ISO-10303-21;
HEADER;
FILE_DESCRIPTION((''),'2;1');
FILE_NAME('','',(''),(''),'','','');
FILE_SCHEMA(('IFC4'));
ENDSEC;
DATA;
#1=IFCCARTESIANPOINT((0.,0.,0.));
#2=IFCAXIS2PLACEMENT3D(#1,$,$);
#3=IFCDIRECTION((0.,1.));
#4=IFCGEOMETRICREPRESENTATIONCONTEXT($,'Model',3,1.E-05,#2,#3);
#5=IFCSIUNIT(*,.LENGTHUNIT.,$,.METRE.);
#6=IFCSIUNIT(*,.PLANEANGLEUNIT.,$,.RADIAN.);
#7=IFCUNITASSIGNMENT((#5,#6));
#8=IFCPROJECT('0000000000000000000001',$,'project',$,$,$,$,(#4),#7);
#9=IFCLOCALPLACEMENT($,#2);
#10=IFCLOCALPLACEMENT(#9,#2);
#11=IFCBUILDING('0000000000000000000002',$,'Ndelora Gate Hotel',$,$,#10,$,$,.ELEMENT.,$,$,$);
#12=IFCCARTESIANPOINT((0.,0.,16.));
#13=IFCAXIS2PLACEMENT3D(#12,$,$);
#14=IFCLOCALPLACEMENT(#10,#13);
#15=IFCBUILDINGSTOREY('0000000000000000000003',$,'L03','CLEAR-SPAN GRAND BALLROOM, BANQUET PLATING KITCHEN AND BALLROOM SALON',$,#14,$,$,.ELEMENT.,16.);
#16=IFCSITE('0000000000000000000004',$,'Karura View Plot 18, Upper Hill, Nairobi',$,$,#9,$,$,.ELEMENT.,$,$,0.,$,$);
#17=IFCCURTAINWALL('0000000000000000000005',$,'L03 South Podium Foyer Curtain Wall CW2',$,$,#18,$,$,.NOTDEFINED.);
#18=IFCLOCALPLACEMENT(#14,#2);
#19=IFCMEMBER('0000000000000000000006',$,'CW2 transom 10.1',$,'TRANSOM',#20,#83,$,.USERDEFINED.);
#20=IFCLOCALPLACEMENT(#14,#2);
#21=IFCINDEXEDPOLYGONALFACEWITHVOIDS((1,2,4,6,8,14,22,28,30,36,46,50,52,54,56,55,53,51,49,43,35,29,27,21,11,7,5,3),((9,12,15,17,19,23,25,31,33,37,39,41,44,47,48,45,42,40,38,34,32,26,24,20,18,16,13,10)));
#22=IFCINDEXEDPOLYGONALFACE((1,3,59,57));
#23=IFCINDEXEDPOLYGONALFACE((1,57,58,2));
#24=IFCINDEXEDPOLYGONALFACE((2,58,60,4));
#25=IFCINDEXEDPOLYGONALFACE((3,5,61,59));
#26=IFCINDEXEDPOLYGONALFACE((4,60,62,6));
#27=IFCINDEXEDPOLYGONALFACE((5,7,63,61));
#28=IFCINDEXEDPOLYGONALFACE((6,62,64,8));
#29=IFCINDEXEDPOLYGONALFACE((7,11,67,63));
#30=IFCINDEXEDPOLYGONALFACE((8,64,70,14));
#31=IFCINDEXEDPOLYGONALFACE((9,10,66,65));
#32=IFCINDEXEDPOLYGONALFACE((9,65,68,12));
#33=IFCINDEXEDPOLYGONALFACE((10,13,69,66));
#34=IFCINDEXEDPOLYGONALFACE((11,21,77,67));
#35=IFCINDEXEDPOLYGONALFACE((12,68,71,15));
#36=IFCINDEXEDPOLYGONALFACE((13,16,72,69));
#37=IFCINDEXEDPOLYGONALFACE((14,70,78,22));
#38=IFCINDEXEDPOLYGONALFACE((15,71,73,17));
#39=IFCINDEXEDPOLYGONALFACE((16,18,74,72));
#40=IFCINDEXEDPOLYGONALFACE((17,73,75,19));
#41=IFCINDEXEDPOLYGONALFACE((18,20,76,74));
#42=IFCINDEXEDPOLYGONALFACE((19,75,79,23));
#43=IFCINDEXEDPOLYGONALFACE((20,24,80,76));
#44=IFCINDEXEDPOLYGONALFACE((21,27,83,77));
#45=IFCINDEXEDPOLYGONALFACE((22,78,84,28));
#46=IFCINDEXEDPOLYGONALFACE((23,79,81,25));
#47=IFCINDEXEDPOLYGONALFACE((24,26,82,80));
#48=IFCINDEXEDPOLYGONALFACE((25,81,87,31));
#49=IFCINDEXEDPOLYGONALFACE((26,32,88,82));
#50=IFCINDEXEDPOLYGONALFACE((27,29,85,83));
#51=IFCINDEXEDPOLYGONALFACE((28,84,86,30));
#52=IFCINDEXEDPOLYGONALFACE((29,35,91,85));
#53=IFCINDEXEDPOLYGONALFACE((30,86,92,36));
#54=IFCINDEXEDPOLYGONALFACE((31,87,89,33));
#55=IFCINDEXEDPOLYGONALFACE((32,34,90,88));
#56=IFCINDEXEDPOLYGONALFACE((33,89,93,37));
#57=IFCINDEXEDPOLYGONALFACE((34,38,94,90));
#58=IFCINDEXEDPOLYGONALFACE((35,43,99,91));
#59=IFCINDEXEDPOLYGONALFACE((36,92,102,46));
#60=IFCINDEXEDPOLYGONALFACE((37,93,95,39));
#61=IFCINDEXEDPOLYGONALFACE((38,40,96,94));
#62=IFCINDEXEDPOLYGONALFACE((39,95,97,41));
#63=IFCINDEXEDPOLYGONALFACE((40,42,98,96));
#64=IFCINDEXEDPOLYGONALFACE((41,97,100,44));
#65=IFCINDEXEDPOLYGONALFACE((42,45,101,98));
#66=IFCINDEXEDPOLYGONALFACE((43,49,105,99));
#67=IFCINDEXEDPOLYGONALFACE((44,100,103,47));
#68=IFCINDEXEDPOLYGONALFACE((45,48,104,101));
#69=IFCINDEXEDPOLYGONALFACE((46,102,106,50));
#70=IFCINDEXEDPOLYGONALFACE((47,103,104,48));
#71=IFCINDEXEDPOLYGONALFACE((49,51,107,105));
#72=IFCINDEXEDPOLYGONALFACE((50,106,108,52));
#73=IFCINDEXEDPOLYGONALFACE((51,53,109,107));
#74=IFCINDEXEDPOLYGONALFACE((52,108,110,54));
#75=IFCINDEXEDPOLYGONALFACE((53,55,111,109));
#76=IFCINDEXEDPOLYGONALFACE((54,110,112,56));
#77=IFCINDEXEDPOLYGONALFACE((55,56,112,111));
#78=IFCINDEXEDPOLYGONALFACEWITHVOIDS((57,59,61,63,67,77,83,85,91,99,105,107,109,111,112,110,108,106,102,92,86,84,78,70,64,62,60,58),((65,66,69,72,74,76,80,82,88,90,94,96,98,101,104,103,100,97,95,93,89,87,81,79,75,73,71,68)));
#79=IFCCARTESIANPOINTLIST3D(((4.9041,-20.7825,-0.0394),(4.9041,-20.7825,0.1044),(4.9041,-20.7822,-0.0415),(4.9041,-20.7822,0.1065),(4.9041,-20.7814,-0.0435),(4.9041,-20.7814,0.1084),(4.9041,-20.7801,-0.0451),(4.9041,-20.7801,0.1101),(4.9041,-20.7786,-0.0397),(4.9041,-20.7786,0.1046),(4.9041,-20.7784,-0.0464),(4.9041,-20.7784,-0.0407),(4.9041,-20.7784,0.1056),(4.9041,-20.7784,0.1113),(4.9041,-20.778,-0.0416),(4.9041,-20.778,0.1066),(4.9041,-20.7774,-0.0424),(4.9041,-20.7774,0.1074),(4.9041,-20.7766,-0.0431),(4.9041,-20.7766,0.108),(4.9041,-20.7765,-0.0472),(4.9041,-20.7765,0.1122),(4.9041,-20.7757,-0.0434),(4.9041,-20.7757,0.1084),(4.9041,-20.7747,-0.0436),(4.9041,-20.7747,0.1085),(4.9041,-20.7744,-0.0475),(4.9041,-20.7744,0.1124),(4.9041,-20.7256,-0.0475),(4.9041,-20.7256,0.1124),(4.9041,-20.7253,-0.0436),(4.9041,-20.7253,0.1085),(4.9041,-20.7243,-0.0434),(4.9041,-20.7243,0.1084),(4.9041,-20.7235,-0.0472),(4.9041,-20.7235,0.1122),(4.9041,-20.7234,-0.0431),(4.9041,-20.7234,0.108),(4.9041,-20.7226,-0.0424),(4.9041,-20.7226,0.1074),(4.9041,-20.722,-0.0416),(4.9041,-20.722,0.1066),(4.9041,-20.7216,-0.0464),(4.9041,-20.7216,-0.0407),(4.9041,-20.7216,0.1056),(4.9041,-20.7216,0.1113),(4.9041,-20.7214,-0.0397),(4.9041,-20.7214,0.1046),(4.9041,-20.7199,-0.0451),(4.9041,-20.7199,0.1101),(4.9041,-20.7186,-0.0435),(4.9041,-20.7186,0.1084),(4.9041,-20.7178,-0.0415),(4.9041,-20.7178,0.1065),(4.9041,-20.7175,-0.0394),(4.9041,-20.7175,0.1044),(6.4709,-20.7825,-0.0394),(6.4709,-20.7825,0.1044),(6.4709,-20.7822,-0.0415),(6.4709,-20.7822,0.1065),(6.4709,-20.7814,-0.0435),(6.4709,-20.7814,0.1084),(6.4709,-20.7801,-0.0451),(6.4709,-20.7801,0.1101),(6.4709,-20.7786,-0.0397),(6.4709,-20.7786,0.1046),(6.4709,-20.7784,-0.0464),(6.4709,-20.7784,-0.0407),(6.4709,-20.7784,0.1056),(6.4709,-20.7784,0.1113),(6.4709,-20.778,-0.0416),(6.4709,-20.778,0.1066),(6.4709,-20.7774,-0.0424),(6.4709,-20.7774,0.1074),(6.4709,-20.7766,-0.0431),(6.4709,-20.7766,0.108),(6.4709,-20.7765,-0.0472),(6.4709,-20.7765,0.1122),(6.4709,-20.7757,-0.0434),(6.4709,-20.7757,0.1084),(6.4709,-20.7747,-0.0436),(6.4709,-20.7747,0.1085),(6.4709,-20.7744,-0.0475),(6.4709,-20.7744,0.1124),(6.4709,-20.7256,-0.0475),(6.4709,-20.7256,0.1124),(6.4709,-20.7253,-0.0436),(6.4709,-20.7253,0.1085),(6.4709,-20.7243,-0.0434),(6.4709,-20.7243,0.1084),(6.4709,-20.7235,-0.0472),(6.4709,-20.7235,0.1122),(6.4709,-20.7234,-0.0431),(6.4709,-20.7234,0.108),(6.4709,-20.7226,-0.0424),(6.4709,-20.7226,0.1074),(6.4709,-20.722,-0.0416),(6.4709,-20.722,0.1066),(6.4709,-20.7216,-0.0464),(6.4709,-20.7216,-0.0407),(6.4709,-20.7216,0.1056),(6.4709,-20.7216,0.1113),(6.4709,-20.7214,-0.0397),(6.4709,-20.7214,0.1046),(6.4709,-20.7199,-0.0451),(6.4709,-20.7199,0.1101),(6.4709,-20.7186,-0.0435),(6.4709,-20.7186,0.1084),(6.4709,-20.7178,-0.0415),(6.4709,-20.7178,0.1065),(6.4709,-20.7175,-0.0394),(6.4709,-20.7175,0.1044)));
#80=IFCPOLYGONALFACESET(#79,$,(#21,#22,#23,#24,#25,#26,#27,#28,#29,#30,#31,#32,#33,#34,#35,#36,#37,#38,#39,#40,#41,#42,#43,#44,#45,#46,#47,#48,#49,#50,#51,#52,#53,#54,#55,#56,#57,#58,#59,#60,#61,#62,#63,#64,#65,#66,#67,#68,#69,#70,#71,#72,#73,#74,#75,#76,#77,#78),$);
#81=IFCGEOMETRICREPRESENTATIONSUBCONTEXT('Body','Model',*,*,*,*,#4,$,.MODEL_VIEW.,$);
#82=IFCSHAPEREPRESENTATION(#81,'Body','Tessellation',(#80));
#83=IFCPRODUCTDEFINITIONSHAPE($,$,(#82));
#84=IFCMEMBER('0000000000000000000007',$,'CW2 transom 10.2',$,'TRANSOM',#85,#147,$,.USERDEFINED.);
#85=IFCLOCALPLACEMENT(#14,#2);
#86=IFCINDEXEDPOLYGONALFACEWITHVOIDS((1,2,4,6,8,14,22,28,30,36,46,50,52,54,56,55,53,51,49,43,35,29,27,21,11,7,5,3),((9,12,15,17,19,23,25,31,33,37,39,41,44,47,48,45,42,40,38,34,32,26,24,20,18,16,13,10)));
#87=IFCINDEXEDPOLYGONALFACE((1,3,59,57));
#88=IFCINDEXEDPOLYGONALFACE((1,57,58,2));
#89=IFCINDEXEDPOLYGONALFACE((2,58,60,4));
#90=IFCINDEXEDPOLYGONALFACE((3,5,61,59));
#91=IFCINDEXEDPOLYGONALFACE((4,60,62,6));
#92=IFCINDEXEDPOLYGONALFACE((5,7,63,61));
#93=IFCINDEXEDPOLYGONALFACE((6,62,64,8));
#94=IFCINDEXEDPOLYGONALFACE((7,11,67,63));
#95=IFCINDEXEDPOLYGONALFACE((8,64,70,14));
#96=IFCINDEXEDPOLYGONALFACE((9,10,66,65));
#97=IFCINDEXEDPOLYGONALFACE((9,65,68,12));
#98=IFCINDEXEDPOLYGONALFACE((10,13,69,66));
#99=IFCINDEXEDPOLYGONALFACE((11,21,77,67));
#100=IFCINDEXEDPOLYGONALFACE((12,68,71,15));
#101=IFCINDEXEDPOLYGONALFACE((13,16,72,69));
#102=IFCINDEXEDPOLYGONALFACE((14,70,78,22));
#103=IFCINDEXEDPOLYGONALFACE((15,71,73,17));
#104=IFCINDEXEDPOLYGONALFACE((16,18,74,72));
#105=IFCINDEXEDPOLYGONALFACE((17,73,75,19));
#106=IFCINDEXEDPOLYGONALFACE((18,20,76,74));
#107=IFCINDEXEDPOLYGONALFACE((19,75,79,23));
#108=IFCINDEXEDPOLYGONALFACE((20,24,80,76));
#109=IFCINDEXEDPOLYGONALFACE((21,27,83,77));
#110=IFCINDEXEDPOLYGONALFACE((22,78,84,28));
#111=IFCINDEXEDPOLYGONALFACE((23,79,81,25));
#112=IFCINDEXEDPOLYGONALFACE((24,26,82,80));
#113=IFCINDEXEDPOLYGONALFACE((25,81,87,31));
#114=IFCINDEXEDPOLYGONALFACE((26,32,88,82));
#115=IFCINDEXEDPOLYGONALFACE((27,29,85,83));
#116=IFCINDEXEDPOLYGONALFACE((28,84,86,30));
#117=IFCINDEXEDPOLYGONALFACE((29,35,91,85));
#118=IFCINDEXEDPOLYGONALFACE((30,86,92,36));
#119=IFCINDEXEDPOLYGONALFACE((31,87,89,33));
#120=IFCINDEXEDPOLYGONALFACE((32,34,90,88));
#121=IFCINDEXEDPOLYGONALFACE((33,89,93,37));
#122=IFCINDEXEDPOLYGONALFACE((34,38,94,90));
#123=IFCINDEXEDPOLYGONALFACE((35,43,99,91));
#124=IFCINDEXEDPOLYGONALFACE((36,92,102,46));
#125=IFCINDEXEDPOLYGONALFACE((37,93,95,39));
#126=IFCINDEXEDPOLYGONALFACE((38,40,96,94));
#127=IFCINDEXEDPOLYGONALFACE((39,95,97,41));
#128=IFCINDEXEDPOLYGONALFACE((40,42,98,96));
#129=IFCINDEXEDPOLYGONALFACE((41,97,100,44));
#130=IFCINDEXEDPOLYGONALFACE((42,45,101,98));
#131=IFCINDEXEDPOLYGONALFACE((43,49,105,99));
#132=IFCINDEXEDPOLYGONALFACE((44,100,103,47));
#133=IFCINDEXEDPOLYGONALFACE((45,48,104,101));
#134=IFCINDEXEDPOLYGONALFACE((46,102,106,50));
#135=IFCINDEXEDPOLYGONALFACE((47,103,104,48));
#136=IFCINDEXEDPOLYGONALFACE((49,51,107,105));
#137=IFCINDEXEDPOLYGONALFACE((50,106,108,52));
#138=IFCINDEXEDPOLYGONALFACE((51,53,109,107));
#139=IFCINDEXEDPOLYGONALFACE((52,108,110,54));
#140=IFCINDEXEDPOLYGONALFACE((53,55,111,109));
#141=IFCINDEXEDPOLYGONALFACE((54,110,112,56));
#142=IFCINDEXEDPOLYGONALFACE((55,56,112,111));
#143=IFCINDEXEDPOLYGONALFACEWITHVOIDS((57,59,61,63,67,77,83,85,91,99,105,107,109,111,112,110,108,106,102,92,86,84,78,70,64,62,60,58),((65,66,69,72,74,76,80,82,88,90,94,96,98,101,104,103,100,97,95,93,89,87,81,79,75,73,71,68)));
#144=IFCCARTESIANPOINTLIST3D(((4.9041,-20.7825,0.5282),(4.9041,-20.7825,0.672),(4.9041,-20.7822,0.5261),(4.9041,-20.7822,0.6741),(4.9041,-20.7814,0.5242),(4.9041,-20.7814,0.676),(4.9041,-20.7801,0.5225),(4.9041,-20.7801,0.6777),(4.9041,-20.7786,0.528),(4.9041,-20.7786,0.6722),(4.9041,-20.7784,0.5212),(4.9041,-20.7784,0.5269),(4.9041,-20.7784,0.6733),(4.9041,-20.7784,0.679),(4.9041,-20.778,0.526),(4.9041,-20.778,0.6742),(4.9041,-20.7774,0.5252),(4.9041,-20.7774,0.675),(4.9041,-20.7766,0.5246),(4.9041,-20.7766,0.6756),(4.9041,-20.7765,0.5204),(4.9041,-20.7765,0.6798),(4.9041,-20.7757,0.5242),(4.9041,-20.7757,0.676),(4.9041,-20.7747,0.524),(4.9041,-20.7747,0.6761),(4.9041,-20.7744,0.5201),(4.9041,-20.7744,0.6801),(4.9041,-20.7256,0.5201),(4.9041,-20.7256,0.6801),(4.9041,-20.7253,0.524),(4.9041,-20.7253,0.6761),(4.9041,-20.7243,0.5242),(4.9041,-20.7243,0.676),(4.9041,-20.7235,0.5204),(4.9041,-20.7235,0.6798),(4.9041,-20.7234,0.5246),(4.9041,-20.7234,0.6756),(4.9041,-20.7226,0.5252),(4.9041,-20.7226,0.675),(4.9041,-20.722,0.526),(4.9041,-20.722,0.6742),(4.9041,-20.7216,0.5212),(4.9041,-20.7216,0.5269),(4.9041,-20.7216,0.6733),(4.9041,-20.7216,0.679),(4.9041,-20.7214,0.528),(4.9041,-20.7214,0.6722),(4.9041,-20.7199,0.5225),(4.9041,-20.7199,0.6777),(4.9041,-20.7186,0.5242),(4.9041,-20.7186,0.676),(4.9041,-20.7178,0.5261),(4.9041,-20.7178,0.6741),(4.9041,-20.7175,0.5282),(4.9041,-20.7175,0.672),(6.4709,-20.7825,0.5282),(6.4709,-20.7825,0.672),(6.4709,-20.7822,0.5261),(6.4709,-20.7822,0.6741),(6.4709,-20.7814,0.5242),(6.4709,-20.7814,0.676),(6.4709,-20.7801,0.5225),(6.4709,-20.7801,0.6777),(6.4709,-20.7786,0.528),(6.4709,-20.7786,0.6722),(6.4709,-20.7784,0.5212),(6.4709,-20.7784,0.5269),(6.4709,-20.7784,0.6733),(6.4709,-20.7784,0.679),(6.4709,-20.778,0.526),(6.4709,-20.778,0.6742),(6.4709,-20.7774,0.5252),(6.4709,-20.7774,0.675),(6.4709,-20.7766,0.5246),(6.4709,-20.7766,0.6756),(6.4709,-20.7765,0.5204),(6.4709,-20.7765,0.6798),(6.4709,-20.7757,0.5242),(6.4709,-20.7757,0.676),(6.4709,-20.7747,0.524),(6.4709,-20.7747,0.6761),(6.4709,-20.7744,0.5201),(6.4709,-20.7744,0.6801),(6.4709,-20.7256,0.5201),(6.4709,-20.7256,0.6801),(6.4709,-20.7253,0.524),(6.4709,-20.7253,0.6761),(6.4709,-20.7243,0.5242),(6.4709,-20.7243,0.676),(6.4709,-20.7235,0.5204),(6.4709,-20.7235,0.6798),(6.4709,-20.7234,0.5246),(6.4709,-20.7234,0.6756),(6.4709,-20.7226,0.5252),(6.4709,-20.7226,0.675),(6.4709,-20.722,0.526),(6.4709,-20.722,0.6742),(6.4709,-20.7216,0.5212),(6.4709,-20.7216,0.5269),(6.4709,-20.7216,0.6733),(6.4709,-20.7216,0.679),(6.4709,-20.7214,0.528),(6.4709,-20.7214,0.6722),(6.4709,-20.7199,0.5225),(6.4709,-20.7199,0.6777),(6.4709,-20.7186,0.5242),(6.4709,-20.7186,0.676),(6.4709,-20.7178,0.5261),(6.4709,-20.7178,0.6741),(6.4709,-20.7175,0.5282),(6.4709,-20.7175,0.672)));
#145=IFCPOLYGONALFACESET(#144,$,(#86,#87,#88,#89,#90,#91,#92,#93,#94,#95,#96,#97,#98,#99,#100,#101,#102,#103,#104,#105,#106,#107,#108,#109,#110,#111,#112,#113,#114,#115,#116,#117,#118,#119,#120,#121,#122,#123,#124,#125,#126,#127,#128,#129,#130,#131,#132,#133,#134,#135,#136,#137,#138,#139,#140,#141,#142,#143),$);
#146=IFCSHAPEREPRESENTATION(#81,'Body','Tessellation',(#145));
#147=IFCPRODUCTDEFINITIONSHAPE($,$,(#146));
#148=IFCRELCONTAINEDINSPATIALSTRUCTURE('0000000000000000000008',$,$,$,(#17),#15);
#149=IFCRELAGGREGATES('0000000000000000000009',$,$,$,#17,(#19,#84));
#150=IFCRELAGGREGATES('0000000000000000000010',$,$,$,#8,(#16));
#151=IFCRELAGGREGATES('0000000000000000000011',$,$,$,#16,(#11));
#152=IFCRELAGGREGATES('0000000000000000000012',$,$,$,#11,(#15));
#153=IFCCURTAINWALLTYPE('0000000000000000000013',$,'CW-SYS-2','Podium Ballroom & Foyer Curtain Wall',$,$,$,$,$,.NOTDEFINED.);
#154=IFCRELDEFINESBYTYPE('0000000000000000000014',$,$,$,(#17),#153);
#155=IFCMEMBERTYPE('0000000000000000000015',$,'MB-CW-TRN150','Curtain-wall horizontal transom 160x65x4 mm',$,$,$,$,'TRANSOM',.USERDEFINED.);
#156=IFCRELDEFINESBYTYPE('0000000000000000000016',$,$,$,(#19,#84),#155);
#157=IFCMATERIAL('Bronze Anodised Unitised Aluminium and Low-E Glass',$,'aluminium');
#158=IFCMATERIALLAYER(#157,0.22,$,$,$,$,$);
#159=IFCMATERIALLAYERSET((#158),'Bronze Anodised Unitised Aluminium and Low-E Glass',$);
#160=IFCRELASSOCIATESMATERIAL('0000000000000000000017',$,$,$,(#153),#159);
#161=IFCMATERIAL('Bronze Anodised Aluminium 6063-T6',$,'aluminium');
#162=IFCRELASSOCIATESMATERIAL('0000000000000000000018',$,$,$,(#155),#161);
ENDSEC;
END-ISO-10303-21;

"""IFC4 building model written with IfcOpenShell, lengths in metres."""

from ifc_helpers import new_model, si_unit, direction, frame, origin, origin_2d, place, context, subcontext, project, spatial, hollow_rectangle, extrude, material, layer, layer_set, material_profile, profile_set, type_object, element, aggregate, save


model = new_model("IFC4")

# Units and contexts
model_context = context("Model", 3, precision=1e-05, world=origin(), true_north=direction((0.0, 1.0)))
body_context = subcontext(model_context, "Body", "Model", "MODEL_VIEW")
ifc_project = project(units=[si_unit("LENGTHUNIT", "METRE"), si_unit("PLANEANGLEUNIT", "RADIAN")], contexts=[model_context])

# Site, building, storey
site_placement = place(None, origin())
site = spatial("IfcSite", under=ifc_project, at=site_placement, Name="Karura View Plot 18, Upper Hill, Nairobi", CompositionType="ELEMENT", RefElevation=0.0)
building_placement = place(site_placement, origin())
building = spatial("IfcBuilding", under=site, at=building_placement, Name="Ndelora Gate Hotel", CompositionType="ELEMENT")
storey_placement = place(building_placement, frame((0.0, 0.0, 16.0)))
storey = spatial("IfcBuildingStorey", under=building, at=storey_placement, Name="L03", Description="CLEAR-SPAN GRAND BALLROOM, BANQUET PLATING KITCHEN AND BALLROOM SALON", CompositionType="ELEMENT", Elevation=16.0)

# Curtain wall, members
ifc_material_1 = material(Name="Bronze Anodised Unitised Aluminium and Low-E Glass", Category="aluminium")
ifc_layer_1 = layer(ifc_material_1, 0.22)
ifc_layer_set_1 = layer_set([ifc_layer_1], Name="Bronze Anodised Unitised Aluminium and Low-E Glass")
curtain_wall_type = type_object("IfcCurtainWallType", Name="CW-SYS-2", Description="Podium Ballroom & Foyer Curtain Wall", PredefinedType="NOTDEFINED", material=ifc_layer_set_1)
curtain_wall_placement = place(storey_placement, origin())
curtain_wall = element("IfcCurtainWall", 1, at=curtain_wall_placement, inside=storey, type_object=curtain_wall_type, Name="L03 South Podium Foyer Curtain Wall CW2", PredefinedType="NOTDEFINED")
ifc_material_2 = material(Name="Bronze Anodised Aluminium 6063-T6", Category="aluminium")
ifc_material_profile_1 = material_profile(ifc_material_2, hollow_rectangle(XDim=0.0649, YDim=0.1599, WallThickness=0.0039, InnerFilletRadius=0.0039, OuterFilletRadius=0.0081, at=origin_2d()), Name="ALU 160x65x4")
ifc_profile_set_1 = profile_set([ifc_material_profile_1], Name="Bronze Anodised Aluminium 6063-T6")
member_type_1 = type_object("IfcMemberType", Name="MB-CW-TRN150", Description="Curtain-wall horizontal transom 160x65x4 mm", ElementType="TRANSOM", PredefinedType="USERDEFINED", material=ifc_profile_set_1)
member_1_placement = place(storey_placement, frame((4.9041, -20.75, 0.0325), z_axis=(1.0, 0.0, 0.0), x_axis=(0.0, 1.0, 0.0)))
member_1 = element("IfcMember", 2, at=member_1_placement, type_object=member_type_1, Name="CW2 transom 10.1", ObjectType="TRANSOM", PredefinedType="USERDEFINED", context=body_context, shape_type="SweptSolid", body=[
    extrude(hollow_rectangle(XDim=0.0649, YDim=0.1599, WallThickness=0.0039, InnerFilletRadius=0.0039, OuterFilletRadius=0.0081, at=origin_2d()), origin(), (0.0, 0.0, 1.0), 1.5669),
])
member_2_placement = place(storey_placement, frame((4.9041, -20.75, 0.6001), z_axis=(1.0, 0.0, 0.0), x_axis=(0.0, 1.0, 0.0)))
member_2 = element("IfcMember", 3, at=member_2_placement, type_object=member_type_1, Name="CW2 transom 10.2", ObjectType="TRANSOM", PredefinedType="USERDEFINED", context=body_context, shape_type="SweptSolid", body=[
    extrude(hollow_rectangle(XDim=0.0649, YDim=0.1599, WallThickness=0.0039, InnerFilletRadius=0.0039, OuterFilletRadius=0.0081, at=origin_2d()), origin(), (0.0, 0.0, 1.0), 1.5669),
])
aggregate(curtain_wall, [member_1, member_2])

save(model, "model.ifc")
